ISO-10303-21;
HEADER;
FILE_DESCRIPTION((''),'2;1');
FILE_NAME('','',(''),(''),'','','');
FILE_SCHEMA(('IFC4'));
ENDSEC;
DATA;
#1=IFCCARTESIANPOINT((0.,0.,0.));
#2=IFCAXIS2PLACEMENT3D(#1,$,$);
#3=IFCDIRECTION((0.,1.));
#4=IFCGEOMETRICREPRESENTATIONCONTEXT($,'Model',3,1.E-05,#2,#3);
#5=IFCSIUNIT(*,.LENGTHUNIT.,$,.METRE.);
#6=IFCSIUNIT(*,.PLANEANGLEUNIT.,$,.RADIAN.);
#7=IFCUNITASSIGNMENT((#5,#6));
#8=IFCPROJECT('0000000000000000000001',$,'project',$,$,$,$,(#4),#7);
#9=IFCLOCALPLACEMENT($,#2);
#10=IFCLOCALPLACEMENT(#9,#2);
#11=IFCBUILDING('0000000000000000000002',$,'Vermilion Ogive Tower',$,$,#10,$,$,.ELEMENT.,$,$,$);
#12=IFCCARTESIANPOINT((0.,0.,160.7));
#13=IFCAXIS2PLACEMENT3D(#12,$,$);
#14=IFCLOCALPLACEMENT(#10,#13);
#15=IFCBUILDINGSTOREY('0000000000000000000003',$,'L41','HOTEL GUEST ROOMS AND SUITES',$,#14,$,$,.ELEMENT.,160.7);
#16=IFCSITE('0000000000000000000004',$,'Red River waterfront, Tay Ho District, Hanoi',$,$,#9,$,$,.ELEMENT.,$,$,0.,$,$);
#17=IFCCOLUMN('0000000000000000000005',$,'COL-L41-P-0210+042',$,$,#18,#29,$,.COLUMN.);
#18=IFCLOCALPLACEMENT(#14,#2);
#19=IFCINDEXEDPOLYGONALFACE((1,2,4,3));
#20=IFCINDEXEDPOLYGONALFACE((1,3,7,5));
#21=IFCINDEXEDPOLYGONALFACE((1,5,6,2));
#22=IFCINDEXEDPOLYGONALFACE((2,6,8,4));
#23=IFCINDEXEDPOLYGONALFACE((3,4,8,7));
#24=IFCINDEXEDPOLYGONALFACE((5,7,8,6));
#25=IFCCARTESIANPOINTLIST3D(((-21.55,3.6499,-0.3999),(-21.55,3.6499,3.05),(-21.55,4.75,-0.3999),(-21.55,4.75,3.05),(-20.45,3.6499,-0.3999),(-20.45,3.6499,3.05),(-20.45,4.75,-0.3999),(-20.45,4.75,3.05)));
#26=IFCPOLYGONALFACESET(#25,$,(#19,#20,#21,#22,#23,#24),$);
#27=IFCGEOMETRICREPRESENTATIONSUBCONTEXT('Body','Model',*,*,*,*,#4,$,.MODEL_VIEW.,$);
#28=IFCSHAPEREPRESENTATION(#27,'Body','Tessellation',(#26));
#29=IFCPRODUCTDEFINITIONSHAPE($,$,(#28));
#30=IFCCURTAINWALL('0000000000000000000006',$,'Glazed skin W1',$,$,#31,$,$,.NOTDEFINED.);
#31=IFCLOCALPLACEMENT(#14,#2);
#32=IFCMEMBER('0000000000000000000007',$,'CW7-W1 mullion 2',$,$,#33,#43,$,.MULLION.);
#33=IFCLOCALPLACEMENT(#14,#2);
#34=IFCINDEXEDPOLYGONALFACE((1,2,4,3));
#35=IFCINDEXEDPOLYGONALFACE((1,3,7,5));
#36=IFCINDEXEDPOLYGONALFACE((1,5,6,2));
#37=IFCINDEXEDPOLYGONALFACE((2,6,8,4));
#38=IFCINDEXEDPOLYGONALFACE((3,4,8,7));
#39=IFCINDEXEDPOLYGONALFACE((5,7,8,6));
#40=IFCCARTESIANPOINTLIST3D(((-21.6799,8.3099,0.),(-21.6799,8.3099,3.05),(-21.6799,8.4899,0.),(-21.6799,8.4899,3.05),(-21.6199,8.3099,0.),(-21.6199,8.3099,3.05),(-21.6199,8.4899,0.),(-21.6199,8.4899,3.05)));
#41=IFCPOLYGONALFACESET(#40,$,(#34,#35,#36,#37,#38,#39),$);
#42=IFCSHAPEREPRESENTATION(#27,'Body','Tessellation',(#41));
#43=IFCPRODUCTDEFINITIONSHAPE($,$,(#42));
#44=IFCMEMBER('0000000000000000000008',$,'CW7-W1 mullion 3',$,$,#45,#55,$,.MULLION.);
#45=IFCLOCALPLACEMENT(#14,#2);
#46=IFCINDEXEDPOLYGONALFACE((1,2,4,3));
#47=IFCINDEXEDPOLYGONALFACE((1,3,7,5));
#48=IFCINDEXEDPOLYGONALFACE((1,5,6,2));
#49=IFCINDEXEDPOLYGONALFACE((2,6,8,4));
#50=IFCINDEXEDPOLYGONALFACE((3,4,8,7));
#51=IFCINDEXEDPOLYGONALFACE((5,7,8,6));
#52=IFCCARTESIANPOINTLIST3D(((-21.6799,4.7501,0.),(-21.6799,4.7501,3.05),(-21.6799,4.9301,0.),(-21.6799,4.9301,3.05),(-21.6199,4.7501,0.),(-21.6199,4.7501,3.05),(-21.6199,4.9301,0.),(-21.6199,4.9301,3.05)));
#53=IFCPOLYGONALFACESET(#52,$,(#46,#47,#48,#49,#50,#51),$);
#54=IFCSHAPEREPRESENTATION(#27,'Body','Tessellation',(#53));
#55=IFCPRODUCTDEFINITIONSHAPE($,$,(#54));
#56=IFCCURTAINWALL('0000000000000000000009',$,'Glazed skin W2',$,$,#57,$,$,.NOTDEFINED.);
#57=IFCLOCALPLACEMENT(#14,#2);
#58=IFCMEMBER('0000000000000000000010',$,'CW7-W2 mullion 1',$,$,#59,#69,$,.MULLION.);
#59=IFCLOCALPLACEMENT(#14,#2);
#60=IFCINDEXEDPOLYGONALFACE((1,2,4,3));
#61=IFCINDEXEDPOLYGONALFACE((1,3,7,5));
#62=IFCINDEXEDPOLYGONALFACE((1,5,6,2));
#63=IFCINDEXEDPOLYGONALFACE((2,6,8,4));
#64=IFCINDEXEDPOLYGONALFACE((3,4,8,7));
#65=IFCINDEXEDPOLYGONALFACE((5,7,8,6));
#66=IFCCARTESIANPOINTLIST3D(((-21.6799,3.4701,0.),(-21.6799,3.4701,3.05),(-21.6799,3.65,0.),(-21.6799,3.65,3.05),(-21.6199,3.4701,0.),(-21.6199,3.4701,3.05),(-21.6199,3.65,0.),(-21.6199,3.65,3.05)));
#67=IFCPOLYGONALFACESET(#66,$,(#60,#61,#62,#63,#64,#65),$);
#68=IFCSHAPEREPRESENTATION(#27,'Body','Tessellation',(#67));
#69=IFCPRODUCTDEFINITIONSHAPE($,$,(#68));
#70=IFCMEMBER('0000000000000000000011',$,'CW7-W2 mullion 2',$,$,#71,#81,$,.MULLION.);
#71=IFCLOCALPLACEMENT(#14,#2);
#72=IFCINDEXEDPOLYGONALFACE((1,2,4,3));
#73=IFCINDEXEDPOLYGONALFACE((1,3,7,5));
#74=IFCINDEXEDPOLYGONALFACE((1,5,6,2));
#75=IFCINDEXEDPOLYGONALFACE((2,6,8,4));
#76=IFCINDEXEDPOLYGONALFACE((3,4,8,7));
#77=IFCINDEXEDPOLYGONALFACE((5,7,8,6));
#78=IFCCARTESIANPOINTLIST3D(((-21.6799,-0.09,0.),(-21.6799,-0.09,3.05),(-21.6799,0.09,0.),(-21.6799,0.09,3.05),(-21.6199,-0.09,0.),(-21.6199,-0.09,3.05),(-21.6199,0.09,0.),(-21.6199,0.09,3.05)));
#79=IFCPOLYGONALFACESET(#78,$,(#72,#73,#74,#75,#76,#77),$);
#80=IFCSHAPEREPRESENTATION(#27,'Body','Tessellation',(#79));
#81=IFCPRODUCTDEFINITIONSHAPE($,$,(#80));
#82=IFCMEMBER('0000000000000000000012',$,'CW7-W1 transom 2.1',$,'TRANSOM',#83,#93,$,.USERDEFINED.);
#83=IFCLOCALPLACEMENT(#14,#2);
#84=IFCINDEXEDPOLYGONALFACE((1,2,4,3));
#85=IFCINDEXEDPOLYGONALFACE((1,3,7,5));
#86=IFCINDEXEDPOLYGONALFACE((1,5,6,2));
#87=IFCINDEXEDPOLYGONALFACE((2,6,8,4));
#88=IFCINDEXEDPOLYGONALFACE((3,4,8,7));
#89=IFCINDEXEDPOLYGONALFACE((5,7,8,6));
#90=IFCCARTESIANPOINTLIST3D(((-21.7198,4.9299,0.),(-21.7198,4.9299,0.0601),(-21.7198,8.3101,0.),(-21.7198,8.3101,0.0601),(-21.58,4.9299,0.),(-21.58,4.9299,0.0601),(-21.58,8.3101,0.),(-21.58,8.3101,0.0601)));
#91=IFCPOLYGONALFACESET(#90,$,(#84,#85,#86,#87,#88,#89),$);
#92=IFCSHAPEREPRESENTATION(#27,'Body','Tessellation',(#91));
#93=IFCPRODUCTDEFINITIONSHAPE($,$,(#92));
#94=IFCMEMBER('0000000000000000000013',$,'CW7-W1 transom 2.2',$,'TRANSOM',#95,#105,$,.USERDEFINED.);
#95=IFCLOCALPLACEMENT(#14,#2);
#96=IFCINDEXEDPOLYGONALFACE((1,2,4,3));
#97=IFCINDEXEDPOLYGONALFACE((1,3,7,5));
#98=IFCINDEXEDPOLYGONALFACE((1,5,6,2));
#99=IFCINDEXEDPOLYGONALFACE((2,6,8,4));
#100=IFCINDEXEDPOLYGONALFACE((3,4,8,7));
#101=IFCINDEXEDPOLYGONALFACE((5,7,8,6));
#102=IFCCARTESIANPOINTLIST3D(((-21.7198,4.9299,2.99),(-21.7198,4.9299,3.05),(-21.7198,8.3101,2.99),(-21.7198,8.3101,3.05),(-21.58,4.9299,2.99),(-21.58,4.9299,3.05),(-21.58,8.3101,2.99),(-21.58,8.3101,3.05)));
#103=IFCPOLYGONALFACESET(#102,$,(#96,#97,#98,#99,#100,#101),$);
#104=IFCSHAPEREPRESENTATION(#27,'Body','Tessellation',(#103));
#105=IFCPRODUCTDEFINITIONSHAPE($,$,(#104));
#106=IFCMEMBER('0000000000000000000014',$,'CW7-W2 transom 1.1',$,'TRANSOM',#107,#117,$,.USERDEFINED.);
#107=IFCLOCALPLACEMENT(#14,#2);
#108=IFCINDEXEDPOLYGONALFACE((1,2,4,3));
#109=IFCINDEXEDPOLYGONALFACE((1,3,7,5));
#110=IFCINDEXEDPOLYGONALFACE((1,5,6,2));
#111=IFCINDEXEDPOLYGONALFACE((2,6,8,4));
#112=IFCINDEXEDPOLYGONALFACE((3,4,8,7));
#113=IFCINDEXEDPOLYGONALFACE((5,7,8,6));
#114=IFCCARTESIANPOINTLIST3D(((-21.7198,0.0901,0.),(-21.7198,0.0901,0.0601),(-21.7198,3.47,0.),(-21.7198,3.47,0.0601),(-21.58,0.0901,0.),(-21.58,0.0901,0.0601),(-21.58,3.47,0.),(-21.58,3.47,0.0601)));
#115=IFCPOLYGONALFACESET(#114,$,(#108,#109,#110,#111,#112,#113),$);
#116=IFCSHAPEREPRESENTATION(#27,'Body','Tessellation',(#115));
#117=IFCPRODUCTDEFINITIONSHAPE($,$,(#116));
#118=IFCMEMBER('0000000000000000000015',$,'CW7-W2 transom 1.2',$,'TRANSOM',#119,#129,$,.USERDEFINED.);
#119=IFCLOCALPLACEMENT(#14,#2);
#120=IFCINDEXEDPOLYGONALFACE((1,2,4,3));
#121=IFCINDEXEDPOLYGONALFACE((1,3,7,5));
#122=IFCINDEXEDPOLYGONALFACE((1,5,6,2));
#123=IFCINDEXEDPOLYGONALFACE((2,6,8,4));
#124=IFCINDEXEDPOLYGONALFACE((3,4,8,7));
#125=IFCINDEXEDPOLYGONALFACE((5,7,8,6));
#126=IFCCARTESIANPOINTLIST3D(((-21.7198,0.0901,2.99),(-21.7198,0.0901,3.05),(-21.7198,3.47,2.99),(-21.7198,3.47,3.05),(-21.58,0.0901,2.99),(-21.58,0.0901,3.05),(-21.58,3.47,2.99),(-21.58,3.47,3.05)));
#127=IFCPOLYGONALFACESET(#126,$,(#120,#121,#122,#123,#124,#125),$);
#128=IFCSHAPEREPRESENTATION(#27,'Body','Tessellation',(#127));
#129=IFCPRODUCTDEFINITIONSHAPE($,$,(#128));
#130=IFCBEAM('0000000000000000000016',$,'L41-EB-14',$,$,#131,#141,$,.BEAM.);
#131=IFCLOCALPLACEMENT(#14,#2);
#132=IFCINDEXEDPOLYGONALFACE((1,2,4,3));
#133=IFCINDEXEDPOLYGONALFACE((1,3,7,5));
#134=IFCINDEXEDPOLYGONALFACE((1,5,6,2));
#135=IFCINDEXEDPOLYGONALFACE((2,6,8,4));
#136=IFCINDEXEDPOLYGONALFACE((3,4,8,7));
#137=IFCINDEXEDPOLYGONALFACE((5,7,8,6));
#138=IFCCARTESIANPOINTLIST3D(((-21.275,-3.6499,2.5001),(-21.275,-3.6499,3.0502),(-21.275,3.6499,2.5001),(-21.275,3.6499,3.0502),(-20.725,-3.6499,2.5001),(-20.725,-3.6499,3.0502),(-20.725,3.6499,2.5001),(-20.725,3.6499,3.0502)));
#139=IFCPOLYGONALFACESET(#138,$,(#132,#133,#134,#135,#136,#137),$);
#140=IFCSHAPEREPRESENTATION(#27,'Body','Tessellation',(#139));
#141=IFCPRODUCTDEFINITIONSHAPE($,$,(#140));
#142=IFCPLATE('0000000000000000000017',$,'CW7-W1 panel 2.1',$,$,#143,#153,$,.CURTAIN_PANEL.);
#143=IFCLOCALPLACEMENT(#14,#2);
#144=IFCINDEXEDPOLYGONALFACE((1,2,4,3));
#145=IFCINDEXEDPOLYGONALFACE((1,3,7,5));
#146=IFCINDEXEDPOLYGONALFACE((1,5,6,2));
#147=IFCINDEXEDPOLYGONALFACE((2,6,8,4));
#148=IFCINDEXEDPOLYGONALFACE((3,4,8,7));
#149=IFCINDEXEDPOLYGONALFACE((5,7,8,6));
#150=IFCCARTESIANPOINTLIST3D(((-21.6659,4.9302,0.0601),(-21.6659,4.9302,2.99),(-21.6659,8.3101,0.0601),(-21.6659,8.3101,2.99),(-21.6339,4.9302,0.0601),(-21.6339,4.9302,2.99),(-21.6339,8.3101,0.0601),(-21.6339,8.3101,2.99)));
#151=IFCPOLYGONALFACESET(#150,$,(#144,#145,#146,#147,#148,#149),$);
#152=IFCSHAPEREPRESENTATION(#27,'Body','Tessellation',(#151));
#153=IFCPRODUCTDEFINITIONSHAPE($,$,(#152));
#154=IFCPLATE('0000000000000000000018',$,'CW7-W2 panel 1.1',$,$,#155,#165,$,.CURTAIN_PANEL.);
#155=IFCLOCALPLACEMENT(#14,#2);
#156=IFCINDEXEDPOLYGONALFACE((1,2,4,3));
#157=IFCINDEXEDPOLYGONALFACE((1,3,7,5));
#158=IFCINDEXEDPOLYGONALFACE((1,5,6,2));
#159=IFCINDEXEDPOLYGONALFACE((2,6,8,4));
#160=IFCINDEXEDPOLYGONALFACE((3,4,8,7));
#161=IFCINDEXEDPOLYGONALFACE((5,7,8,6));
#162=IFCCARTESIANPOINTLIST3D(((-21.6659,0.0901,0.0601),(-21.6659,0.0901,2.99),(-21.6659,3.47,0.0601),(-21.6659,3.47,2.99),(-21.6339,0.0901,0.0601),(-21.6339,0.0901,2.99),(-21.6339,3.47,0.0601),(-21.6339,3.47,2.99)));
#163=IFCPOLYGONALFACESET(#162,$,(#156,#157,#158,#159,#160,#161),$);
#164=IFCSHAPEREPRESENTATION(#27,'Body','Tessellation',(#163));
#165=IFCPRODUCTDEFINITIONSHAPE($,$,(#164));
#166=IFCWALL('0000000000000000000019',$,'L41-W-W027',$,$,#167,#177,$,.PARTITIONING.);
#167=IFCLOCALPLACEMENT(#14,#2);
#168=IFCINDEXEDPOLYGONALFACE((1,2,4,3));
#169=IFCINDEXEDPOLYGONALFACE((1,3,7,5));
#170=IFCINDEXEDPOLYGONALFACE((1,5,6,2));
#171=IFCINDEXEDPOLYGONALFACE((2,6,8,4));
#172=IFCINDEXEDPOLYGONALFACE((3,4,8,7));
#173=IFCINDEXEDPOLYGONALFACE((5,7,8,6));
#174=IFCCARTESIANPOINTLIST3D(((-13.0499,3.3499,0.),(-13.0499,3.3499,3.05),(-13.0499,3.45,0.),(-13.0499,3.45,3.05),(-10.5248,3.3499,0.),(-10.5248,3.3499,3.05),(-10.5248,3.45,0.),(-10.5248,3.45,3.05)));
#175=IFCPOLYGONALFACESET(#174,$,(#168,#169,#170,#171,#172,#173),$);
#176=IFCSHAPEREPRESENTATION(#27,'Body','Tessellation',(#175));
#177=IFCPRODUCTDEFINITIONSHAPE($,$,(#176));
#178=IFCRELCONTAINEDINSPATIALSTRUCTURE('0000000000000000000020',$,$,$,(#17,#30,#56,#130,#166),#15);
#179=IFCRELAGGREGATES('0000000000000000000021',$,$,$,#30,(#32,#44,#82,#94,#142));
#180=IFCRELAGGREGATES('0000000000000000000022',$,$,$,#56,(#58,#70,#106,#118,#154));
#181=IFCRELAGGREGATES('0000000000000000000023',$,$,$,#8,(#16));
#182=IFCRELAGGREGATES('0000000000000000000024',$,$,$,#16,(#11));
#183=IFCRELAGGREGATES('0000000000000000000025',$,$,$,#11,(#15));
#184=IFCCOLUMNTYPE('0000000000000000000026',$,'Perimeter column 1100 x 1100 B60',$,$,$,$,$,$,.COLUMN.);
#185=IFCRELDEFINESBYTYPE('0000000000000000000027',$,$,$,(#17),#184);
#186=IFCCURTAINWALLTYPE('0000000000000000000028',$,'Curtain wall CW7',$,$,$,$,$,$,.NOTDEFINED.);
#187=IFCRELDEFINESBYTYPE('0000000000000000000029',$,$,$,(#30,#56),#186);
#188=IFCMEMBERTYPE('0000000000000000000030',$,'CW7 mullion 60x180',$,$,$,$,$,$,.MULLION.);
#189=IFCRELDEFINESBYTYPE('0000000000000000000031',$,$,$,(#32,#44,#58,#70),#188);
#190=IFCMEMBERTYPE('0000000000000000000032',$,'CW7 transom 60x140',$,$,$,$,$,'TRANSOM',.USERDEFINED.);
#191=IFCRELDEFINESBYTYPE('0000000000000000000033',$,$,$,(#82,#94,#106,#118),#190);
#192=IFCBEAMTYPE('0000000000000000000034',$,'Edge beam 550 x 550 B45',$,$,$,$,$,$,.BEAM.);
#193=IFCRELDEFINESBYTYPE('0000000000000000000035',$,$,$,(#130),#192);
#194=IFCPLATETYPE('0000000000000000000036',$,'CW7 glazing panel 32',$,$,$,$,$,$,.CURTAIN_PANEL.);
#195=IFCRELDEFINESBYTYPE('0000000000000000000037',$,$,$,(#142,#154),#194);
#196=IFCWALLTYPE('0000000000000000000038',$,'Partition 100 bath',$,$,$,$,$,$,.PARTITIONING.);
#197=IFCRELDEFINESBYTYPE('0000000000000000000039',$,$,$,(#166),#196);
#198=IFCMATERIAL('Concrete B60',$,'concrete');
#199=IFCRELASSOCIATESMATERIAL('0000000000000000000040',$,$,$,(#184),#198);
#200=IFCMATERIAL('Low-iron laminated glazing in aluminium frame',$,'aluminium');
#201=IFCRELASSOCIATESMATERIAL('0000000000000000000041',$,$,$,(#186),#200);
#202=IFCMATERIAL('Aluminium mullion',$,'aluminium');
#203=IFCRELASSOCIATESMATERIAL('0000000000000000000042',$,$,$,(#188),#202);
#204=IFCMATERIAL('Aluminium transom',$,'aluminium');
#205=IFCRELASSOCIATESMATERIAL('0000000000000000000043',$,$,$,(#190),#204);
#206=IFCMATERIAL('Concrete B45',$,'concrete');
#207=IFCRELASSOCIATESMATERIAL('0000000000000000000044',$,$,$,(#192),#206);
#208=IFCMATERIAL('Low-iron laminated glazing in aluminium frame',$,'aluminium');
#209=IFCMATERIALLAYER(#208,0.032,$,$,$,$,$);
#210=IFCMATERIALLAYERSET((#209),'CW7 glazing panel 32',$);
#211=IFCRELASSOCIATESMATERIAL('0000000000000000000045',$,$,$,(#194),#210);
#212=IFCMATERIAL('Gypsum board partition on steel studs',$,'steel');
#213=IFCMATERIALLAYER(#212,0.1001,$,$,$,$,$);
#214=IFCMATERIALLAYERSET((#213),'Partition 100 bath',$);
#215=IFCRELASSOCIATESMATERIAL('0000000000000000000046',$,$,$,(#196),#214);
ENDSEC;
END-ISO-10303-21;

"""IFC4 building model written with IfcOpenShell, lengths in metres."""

from ifc_helpers import new_model, si_unit, direction, frame, frame_2d, origin, origin_2d, place, context, subcontext, project, spatial, rectangle, extrude, material, layer, layer_set, material_profile, profile_set, type_object, element, aggregate, save


model = new_model("IFC4")

# Units and contexts
model_context = context("Model", 3, precision=1e-05, world=origin(), true_north=direction((0.0, 1.0)))
body_context = subcontext(model_context, "Body", "Model", "MODEL_VIEW")
ifc_project = project(units=[si_unit("LENGTHUNIT", "METRE"), si_unit("PLANEANGLEUNIT", "RADIAN")], contexts=[model_context])

# Site, building, storey
site_placement = place(None, origin())
site = spatial("IfcSite", under=ifc_project, at=site_placement, Name="Red River waterfront, Tay Ho District, Hanoi", CompositionType="ELEMENT", RefElevation=0.0)
building_placement = place(site_placement, origin())
building = spatial("IfcBuilding", under=site, at=building_placement, Name="Vermilion Ogive Tower", CompositionType="ELEMENT")
storey_placement = place(building_placement, frame((0.0, 0.0, 160.7)))
storey = spatial("IfcBuildingStorey", under=building, at=storey_placement, Name="L41", Description="HOTEL GUEST ROOMS AND SUITES", CompositionType="ELEMENT", Elevation=160.7)

# Column
ifc_material_1 = material(Name="Concrete B60", Category="concrete")
ifc_material_profile_1 = material_profile(ifc_material_1, rectangle(XDim=1.1001, YDim=1.1001, at=origin_2d()), Name="1100 x 1100")
ifc_profile_set_1 = profile_set([ifc_material_profile_1], Name="Concrete B60")
column_type = type_object("IfcColumnType", Name="Perimeter column 1100 x 1100 B60", PredefinedType="COLUMN", material=ifc_profile_set_1)
column_placement = place(storey_placement, frame((-21.0, 4.2, -0.3999), z_axis=(0.0, 0.0, 1.0), x_axis=(1.0, 0.0, 0.0)))
element("IfcColumn", 1, at=column_placement, inside=storey, type_object=column_type, Name="COL-L41-P-0210+042", PredefinedType="COLUMN", context=body_context, shape_type="SweptSolid", body=[
    extrude(rectangle(XDim=1.1001, YDim=1.1001, at=origin_2d()), origin(), (0.0, 0.0, 1.0), 3.45),
])

# Curtain walls, members
ifc_material_2 = material(Name="Low-iron laminated glazing in aluminium frame", Category="aluminium")
curtain_wall_type = type_object("IfcCurtainWallType", Name="Curtain wall CW7", PredefinedType="NOTDEFINED", material=ifc_material_2)
curtain_wall_1_placement = place(storey_placement, origin())
curtain_wall_1 = element("IfcCurtainWall", 2, at=curtain_wall_1_placement, inside=storey, type_object=curtain_wall_type, Name="Glazed skin W1", PredefinedType="NOTDEFINED")
ifc_material_3 = material(Name="Aluminium mullion", Category="aluminium")
ifc_material_profile_2 = material_profile(ifc_material_3, rectangle(XDim=0.0601, YDim=0.1799, at=origin_2d()), Name="AL 60x180")
ifc_profile_set_2 = profile_set([ifc_material_profile_2], Name="Aluminium mullion")
member_type_1 = type_object("IfcMemberType", Name="CW7 mullion 60x180", PredefinedType="MULLION", material=ifc_profile_set_2)
member_1_placement = place(storey_placement, frame((-21.6499, 8.3999, 0.0), z_axis=(0.0, 0.0, 1.0), x_axis=(1.0, 0.0, 0.0)))
member_1 = element("IfcMember", 3, at=member_1_placement, type_object=member_type_1, Name="CW7-W1 mullion 2", PredefinedType="MULLION", context=body_context, shape_type="SweptSolid", body=[
    extrude(rectangle(XDim=0.0601, YDim=0.1799, at=origin_2d()), origin(), (0.0, 0.0, 1.0), 3.05),
])
member_2_placement = place(storey_placement, frame((-21.6499, 4.8401, 0.0), z_axis=(0.0, 0.0, 1.0), x_axis=(1.0, 0.0, 0.0)))
member_2 = element("IfcMember", 4, at=member_2_placement, type_object=member_type_1, Name="CW7-W1 mullion 3", PredefinedType="MULLION", context=body_context, shape_type="SweptSolid", body=[
    extrude(rectangle(XDim=0.0601, YDim=0.1799, at=origin_2d()), origin(), (0.0, 0.0, 1.0), 3.05),
])
curtain_wall_2_placement = place(storey_placement, origin())
curtain_wall_2 = element("IfcCurtainWall", 5, at=curtain_wall_2_placement, inside=storey, type_object=curtain_wall_type, Name="Glazed skin W2", PredefinedType="NOTDEFINED")
member_3_placement = place(storey_placement, frame((-21.6499, 3.5601, 0.0), z_axis=(0.0, 0.0, 1.0), x_axis=(1.0, 0.0, 0.0)))
member_3 = element("IfcMember", 6, at=member_3_placement, type_object=member_type_1, Name="CW7-W2 mullion 1", PredefinedType="MULLION", context=body_context, shape_type="SweptSolid", body=[
    extrude(rectangle(XDim=0.0601, YDim=0.1799, at=origin_2d()), origin(), (0.0, 0.0, 1.0), 3.05),
])
member_4_placement = place(storey_placement, frame((-21.6499, 0.0, 0.0), z_axis=(0.0, 0.0, 1.0), x_axis=(1.0, 0.0, 0.0)))
member_4 = element("IfcMember", 7, at=member_4_placement, type_object=member_type_1, Name="CW7-W2 mullion 2", PredefinedType="MULLION", context=body_context, shape_type="SweptSolid", body=[
    extrude(rectangle(XDim=0.0601, YDim=0.1799, at=origin_2d()), origin(), (0.0, 0.0, 1.0), 3.05),
])

# Members
ifc_material_4 = material(Name="Aluminium transom", Category="aluminium")
ifc_material_profile_3 = material_profile(ifc_material_4, rectangle(XDim=0.1399, YDim=0.0601, at=origin_2d()), Name="AL 60x140")
ifc_profile_set_3 = profile_set([ifc_material_profile_3], Name="Aluminium transom")
member_type_2 = type_object("IfcMemberType", Name="CW7 transom 60x140", ElementType="TRANSOM", PredefinedType="USERDEFINED", material=ifc_profile_set_3)
member_5_placement = place(storey_placement, frame((-21.6499, 8.3101, 0.03), z_axis=(0.0, -1.0, 0.0), x_axis=(1.0, 0.0, 0.0)))
member_5 = element("IfcMember", 8, at=member_5_placement, type_object=member_type_2, Name="CW7-W1 transom 2.1", ObjectType="TRANSOM", PredefinedType="USERDEFINED", context=body_context, shape_type="SweptSolid", body=[
    extrude(rectangle(XDim=0.1399, YDim=0.0601, at=origin_2d()), origin(), (0.0, 0.0, 1.0), 3.3801),
])
member_6_placement = place(storey_placement, frame((-21.6499, 8.3101, 3.02), z_axis=(0.0, -1.0, 0.0), x_axis=(1.0, 0.0, 0.0)))
member_6 = element("IfcMember", 9, at=member_6_placement, type_object=member_type_2, Name="CW7-W1 transom 2.2", ObjectType="TRANSOM", PredefinedType="USERDEFINED", context=body_context, shape_type="SweptSolid", body=[
    extrude(rectangle(XDim=0.1399, YDim=0.0601, at=origin_2d()), origin(), (0.0, 0.0, 1.0), 3.3801),
])
member_7_placement = place(storey_placement, frame((-21.6499, 3.47, 0.03), z_axis=(0.0, -1.0, 0.0), x_axis=(1.0, 0.0, 0.0)))
member_7 = element("IfcMember", 10, at=member_7_placement, type_object=member_type_2, Name="CW7-W2 transom 1.1", ObjectType="TRANSOM", PredefinedType="USERDEFINED", context=body_context, shape_type="SweptSolid", body=[
    extrude(rectangle(XDim=0.1399, YDim=0.0601, at=origin_2d()), origin(), (0.0, 0.0, 1.0), 3.3799),
])
member_8_placement = place(storey_placement, frame((-21.6499, 3.47, 3.02), z_axis=(0.0, -1.0, 0.0), x_axis=(1.0, 0.0, 0.0)))
member_8 = element("IfcMember", 11, at=member_8_placement, type_object=member_type_2, Name="CW7-W2 transom 1.2", ObjectType="TRANSOM", PredefinedType="USERDEFINED", context=body_context, shape_type="SweptSolid", body=[
    extrude(rectangle(XDim=0.1399, YDim=0.0601, at=origin_2d()), origin(), (0.0, 0.0, 1.0), 3.3799),
])

# Beam
ifc_material_5 = material(Name="Concrete B45", Category="concrete")
ifc_material_profile_4 = material_profile(ifc_material_5, rectangle(XDim=0.55, YDim=0.55, at=origin_2d()), Name="550 x 550")
ifc_profile_set_4 = profile_set([ifc_material_profile_4], Name="Concrete B45")
beam_type = type_object("IfcBeamType", Name="Edge beam 550 x 550 B45", PredefinedType="BEAM", material=ifc_profile_set_4)
beam_placement = place(storey_placement, frame((-21.0, 3.6499, 2.7751), z_axis=(0.0, -1.0, 0.0), x_axis=(1.0, 0.0, 0.0)))
element("IfcBeam", 12, at=beam_placement, inside=storey, type_object=beam_type, Name="L41-EB-14", PredefinedType="BEAM", context=body_context, shape_type="SweptSolid", body=[
    extrude(rectangle(XDim=0.55, YDim=0.55, at=origin_2d()), origin(), (0.0, 0.0, 1.0), 7.2998),
])

# Plates
ifc_material_6 = material(Name="Low-iron laminated glazing in aluminium frame", Category="aluminium")
ifc_layer_1 = layer(ifc_material_6, 0.032)
ifc_layer_set_1 = layer_set([ifc_layer_1], Name="CW7 glazing panel 32")
plate_type = type_object("IfcPlateType", Name="CW7 glazing panel 32", PredefinedType="CURTAIN_PANEL", material=ifc_layer_set_1)
plate_1_placement = place(storey_placement, frame((-21.6499, 6.6201, 0.0601), z_axis=(0.0, 0.0, 1.0), x_axis=(0.0, -1.0, 0.0)))
plate_1 = element("IfcPlate", 13, at=plate_1_placement, type_object=plate_type, Name="CW7-W1 panel 2.1", PredefinedType="CURTAIN_PANEL", context=body_context, shape_type="SweptSolid", body=[
    extrude(rectangle(XDim=3.3799, YDim=0.032, at=origin_2d()), origin(), (0.0, 0.0, 1.0), 2.9299),
])
aggregate(curtain_wall_1, [member_1, member_2, member_5, member_6, plate_1])
plate_2_placement = place(storey_placement, frame((-21.6499, 1.78, 0.0601), z_axis=(0.0, 0.0, 1.0), x_axis=(0.0, -1.0, 0.0)))
plate_2 = element("IfcPlate", 14, at=plate_2_placement, type_object=plate_type, Name="CW7-W2 panel 1.1", PredefinedType="CURTAIN_PANEL", context=body_context, shape_type="SweptSolid", body=[
    extrude(rectangle(XDim=3.3799, YDim=0.032, at=origin_2d()), origin(), (0.0, 0.0, 1.0), 2.9299),
])
aggregate(curtain_wall_2, [member_3, member_4, member_7, member_8, plate_2])

# Wall
ifc_material_7 = material(Name="Gypsum board partition on steel studs", Category="steel")
ifc_layer_2 = layer(ifc_material_7, 0.1001)
ifc_layer_set_2 = layer_set([ifc_layer_2], Name="Partition 100 bath")
wall_type_1 = type_object("IfcWallType", Name="Partition 100 bath", PredefinedType="PARTITIONING", material=ifc_layer_set_2)
wall_1_placement = place(storey_placement, frame((-13.05, 3.3999, 0.0), z_axis=(0.0, 0.0, 1.0), x_axis=(1.0, 0.0, 0.0)))
element("IfcWall", 15, at=wall_1_placement, inside=storey, type_object=wall_type_1, Name="L41-W-W027", PredefinedType="PARTITIONING", context=body_context, shape_type="SweptSolid", body=[
    extrude(rectangle(XDim=2.5251, YDim=0.1001, at=frame_2d((1.2627, 0.0))), origin(), (0.0, 0.0, 1.0), 3.05),
])

save(model, "model.ifc")
